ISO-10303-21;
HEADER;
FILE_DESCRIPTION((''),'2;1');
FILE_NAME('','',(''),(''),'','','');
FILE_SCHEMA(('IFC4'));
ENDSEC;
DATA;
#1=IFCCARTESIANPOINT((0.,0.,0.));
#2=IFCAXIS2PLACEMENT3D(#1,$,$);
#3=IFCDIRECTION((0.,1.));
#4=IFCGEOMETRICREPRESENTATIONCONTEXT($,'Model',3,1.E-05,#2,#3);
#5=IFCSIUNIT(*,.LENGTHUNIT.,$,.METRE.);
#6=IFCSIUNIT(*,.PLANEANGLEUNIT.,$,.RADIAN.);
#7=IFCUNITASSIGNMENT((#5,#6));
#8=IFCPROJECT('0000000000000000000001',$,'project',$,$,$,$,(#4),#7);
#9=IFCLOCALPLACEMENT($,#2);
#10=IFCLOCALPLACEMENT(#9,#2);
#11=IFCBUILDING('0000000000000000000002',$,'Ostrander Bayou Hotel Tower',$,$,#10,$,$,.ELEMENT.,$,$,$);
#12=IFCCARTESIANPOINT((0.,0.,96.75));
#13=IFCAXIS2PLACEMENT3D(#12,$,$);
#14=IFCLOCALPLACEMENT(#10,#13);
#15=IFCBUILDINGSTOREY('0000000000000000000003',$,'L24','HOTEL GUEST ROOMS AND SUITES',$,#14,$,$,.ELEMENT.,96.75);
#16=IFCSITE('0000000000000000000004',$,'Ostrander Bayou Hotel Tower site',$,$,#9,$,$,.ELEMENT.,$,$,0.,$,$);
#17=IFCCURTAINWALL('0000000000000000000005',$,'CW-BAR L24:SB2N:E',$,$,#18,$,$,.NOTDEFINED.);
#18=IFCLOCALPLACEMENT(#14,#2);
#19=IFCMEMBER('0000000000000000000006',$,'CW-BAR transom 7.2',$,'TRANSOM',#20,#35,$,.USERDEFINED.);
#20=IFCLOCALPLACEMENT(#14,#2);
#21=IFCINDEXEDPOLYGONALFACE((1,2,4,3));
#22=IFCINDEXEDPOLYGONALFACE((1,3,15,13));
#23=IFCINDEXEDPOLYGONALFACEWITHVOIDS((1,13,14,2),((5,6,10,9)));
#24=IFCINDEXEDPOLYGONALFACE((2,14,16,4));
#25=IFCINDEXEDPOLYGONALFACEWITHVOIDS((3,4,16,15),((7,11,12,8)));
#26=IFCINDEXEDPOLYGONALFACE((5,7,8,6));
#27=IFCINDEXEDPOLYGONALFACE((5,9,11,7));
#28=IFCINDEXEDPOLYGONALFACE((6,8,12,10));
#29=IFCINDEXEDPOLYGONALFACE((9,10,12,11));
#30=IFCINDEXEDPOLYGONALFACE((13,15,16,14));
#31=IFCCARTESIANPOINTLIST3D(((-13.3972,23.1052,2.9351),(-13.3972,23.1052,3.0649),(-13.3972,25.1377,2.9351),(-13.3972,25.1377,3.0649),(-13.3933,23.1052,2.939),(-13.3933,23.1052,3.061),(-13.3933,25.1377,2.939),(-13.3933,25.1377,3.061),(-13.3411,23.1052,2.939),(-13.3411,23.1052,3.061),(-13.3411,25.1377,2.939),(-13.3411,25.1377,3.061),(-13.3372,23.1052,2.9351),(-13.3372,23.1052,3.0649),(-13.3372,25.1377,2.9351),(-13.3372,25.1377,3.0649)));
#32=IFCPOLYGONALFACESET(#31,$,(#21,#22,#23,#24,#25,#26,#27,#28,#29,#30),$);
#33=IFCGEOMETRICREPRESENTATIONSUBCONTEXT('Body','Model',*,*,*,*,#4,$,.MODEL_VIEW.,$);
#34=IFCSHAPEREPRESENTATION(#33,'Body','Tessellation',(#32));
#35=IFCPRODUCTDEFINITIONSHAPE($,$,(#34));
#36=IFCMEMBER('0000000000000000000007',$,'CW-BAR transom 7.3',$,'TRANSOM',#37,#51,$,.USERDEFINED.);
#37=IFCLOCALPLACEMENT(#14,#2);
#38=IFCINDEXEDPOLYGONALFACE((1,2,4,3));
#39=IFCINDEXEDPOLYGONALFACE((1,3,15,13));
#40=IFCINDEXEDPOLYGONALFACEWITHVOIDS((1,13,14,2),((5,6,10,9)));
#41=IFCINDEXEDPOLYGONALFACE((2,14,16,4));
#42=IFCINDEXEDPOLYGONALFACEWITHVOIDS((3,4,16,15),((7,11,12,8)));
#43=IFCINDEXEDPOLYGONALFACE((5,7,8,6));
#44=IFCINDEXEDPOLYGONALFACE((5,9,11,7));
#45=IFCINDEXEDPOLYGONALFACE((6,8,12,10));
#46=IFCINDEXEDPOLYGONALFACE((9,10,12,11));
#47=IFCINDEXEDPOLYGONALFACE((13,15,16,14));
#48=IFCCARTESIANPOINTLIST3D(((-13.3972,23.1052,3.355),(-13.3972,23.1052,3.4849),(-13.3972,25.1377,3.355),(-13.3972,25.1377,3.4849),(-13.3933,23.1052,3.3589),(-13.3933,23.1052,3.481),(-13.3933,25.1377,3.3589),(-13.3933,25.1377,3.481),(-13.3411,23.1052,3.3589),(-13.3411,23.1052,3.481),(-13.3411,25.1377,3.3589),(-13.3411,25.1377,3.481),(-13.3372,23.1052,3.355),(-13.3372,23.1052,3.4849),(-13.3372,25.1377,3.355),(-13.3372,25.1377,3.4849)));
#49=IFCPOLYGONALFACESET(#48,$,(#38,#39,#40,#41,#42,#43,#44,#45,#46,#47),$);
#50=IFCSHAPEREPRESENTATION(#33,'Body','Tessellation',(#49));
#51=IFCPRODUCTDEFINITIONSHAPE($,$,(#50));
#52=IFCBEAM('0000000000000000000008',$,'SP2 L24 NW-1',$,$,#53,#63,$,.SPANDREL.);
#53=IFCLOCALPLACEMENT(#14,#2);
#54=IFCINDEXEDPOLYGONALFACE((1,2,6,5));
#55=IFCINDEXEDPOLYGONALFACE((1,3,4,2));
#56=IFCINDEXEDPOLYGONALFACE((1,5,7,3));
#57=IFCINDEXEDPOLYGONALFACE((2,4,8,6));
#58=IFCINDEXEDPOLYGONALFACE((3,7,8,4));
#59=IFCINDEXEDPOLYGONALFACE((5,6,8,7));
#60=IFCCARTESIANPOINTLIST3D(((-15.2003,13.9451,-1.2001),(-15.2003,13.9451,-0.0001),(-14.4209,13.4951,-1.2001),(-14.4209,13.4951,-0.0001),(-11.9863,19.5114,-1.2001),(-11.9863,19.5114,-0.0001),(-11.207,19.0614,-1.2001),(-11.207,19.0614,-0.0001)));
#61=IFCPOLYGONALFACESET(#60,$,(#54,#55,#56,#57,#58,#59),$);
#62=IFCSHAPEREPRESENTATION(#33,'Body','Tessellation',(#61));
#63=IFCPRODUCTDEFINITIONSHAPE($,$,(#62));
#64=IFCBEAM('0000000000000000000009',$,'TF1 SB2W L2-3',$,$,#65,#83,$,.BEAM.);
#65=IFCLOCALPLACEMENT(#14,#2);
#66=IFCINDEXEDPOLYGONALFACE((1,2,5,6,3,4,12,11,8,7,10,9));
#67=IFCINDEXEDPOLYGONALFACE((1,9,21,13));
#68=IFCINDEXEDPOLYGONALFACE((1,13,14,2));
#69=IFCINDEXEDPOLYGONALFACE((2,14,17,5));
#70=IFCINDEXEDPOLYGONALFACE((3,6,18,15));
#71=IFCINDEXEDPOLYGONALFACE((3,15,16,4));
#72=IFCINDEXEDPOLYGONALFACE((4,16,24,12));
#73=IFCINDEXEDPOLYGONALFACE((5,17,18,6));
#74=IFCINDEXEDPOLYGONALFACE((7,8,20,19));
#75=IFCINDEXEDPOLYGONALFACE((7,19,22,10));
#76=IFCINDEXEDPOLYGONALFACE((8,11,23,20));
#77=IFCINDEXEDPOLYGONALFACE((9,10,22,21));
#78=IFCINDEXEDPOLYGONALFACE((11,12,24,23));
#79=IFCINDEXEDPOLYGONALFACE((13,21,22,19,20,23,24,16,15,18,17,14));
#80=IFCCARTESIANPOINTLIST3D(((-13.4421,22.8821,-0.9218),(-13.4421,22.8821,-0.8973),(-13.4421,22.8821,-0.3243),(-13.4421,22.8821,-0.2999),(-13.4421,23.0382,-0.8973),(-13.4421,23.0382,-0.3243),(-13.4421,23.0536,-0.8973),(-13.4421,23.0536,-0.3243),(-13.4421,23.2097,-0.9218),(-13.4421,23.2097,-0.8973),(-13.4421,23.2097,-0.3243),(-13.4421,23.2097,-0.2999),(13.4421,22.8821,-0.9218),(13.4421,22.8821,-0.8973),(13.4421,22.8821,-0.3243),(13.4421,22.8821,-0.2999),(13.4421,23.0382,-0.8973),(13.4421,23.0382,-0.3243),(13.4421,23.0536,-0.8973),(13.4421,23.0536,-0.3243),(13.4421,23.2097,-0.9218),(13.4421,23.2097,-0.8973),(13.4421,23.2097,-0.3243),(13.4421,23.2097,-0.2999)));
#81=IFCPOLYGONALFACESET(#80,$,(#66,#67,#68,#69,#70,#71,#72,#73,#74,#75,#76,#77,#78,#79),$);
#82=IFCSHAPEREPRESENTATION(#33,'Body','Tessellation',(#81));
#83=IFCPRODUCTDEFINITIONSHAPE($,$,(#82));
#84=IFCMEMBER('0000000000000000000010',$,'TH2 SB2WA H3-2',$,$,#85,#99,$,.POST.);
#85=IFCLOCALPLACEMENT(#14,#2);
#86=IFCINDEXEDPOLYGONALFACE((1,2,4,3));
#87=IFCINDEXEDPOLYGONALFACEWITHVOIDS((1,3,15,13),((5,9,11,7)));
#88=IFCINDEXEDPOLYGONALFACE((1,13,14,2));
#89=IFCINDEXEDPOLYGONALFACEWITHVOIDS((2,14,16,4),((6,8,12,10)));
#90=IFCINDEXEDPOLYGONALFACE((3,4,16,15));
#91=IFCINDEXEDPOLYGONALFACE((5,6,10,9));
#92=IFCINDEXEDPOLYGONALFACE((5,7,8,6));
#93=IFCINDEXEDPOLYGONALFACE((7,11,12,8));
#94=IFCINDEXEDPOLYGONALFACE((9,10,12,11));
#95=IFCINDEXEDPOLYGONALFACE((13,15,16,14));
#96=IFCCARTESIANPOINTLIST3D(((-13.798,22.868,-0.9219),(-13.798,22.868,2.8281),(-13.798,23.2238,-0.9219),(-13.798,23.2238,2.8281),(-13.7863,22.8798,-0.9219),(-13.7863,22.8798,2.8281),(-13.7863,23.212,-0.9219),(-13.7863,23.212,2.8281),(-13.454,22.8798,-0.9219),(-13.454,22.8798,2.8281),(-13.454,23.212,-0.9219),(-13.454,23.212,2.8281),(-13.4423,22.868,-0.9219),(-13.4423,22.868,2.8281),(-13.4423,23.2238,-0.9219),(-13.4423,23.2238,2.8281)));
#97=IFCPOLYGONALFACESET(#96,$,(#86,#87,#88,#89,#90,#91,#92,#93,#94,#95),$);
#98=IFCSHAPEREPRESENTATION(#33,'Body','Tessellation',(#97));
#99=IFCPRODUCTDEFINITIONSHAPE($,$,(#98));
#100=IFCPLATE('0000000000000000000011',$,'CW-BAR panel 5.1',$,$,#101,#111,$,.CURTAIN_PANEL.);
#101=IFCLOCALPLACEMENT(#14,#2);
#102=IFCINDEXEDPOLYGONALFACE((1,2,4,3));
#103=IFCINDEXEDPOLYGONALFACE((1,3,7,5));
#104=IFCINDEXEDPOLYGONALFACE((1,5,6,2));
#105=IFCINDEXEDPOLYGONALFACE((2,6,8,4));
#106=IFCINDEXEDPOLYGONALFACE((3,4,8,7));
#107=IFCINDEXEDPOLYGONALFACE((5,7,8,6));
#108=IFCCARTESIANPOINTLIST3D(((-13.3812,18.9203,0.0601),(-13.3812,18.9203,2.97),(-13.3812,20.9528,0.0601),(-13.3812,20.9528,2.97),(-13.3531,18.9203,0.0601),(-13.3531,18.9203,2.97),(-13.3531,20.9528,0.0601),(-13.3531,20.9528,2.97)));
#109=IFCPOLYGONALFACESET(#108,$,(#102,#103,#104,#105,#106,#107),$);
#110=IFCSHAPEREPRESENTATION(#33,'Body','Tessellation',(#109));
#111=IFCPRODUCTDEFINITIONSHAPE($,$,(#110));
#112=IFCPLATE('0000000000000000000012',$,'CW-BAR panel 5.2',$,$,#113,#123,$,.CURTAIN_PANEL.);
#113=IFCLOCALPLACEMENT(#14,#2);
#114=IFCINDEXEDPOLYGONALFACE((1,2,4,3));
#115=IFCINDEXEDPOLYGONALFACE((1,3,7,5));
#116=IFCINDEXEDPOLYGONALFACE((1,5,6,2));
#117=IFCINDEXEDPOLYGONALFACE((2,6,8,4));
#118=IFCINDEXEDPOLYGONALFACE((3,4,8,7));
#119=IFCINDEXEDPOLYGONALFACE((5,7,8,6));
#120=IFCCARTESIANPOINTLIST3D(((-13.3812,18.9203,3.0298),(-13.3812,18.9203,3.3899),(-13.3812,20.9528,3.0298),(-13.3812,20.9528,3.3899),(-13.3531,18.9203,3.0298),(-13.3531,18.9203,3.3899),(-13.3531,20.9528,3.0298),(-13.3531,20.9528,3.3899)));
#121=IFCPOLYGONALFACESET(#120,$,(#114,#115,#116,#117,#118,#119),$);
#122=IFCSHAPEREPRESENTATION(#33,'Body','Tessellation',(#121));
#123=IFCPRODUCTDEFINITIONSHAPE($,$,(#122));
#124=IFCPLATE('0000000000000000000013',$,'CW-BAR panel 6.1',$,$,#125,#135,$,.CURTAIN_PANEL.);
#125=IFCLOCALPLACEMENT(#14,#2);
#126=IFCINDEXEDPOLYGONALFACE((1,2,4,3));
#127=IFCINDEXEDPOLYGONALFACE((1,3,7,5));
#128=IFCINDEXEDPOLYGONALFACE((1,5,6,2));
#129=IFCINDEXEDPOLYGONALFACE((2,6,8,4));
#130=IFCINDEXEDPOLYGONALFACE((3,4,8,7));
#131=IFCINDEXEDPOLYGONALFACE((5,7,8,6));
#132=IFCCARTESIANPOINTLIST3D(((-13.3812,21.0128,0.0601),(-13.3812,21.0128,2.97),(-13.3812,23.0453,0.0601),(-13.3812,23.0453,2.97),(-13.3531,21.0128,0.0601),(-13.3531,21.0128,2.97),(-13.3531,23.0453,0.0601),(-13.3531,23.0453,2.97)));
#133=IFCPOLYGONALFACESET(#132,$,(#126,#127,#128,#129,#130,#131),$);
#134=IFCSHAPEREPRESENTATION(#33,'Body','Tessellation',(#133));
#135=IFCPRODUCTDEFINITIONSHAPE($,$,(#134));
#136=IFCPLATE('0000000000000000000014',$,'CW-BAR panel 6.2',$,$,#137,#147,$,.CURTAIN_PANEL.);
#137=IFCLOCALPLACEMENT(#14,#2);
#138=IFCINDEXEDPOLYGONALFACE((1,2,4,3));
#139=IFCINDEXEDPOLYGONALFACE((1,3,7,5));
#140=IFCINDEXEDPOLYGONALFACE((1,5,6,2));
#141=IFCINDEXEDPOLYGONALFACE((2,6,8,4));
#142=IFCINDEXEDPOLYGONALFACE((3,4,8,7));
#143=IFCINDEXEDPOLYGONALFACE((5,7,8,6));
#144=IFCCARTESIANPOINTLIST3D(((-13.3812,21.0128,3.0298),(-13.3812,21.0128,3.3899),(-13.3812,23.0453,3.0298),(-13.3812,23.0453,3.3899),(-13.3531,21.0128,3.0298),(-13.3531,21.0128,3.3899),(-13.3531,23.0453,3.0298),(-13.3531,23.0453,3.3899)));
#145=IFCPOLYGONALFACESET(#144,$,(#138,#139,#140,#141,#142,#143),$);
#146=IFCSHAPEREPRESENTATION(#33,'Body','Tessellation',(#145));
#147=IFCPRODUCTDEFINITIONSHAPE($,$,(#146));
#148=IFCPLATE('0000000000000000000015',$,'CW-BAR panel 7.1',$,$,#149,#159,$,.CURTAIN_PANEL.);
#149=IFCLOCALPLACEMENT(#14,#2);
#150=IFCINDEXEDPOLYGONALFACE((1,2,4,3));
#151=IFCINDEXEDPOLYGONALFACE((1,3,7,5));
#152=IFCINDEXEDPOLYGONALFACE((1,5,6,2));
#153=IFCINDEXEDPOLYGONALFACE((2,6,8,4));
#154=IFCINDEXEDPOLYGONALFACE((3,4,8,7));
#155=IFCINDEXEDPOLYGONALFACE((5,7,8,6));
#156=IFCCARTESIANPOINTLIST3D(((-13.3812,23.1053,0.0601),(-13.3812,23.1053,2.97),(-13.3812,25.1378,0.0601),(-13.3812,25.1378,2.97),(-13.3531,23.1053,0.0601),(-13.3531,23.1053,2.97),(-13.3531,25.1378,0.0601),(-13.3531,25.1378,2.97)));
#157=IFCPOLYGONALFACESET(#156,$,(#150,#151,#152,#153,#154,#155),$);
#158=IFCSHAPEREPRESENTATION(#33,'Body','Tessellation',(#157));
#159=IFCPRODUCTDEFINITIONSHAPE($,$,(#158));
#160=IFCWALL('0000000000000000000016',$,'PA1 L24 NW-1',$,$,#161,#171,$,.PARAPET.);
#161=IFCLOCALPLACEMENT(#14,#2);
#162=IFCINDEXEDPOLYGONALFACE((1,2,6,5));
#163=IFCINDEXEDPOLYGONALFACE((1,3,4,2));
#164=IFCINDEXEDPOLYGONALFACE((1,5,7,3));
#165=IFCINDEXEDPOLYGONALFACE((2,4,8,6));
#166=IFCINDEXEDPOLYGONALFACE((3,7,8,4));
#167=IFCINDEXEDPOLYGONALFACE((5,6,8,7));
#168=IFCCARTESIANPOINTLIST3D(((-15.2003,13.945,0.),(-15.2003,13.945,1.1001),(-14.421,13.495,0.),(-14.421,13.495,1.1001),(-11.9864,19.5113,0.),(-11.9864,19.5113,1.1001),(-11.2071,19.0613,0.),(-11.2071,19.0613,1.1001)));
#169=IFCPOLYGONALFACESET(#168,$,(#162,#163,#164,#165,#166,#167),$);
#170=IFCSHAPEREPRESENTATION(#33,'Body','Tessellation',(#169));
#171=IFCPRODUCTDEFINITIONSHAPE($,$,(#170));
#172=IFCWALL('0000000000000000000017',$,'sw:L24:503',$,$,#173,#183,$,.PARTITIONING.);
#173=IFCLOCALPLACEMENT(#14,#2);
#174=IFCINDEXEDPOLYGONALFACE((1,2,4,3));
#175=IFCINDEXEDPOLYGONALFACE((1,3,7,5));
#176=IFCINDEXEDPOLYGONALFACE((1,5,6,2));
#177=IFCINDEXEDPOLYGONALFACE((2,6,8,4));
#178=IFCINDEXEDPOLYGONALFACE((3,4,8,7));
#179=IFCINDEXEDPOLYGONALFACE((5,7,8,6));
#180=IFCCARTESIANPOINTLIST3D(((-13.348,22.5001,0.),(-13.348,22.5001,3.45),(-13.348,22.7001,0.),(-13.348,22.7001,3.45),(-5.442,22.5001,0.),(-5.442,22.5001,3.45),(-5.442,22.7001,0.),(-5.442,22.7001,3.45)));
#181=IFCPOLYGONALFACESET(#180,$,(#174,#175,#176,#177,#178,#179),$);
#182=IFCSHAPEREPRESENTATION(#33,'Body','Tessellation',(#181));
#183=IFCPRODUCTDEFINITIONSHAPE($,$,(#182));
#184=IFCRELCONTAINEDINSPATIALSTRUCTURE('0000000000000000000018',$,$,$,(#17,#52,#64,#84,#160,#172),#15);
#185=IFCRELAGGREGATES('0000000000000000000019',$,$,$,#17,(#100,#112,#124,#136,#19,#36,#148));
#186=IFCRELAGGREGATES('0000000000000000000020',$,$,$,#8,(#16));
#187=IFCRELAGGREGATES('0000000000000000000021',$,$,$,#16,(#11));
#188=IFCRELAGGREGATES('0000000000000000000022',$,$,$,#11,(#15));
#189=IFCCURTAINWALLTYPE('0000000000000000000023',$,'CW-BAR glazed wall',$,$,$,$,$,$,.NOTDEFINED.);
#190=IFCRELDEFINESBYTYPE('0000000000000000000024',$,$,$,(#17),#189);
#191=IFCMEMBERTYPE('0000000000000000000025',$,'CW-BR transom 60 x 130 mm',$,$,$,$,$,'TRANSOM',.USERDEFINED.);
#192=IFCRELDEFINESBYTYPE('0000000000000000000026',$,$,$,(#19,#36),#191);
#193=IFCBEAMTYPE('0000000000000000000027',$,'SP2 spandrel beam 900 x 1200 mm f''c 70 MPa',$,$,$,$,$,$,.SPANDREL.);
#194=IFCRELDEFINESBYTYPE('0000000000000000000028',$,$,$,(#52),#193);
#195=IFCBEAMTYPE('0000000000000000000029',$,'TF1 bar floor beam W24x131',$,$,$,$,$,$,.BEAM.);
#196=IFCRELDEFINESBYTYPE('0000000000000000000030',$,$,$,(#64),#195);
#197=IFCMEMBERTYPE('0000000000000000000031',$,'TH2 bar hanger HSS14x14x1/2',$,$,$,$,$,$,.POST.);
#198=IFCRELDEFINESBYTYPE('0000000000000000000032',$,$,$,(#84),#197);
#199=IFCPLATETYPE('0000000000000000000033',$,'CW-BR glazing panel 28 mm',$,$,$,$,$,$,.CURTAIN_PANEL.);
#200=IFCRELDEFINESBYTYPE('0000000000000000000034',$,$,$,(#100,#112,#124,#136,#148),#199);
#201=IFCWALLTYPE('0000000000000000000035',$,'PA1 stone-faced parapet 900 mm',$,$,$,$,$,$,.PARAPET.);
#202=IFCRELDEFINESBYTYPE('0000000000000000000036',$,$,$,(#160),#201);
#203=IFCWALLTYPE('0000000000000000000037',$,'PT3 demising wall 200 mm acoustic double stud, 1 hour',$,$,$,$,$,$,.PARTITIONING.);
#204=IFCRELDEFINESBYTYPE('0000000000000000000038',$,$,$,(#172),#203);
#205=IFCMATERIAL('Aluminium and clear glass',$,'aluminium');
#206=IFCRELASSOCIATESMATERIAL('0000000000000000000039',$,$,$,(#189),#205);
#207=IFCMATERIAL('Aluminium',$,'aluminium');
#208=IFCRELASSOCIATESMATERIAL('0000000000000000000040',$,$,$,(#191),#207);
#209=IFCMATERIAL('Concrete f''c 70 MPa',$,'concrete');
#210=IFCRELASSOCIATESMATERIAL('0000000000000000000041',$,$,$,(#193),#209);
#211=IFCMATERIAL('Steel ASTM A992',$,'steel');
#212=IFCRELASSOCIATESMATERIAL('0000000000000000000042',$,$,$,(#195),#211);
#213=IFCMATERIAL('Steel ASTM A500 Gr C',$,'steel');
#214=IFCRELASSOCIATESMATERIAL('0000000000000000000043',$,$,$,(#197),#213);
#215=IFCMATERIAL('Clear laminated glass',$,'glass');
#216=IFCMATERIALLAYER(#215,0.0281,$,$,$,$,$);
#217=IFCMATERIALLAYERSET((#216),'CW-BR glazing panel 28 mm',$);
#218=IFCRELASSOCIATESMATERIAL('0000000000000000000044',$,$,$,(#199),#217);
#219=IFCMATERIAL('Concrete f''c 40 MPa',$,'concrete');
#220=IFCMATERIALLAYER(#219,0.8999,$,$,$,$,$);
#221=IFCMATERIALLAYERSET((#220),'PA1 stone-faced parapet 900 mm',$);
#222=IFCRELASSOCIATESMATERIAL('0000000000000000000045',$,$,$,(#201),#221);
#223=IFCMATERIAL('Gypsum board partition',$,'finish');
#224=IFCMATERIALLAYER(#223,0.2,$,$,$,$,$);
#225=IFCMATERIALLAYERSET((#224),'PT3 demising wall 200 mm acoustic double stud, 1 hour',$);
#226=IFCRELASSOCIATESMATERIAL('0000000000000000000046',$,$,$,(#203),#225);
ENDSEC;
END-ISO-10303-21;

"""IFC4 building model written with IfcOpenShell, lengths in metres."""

from ifc_helpers import new_model, si_unit, direction, frame, frame_2d, origin, origin_2d, place, context, subcontext, project, spatial, rectangle, hollow_rectangle, i_section, extrude, material, layer, layer_set, material_profile, profile_set, type_object, element, aggregate, save


model = new_model("IFC4")

# Units and contexts
model_context = context("Model", 3, precision=1e-05, world=origin(), true_north=direction((0.0, 1.0)))
body_context = subcontext(model_context, "Body", "Model", "MODEL_VIEW")
ifc_project = project(units=[si_unit("LENGTHUNIT", "METRE"), si_unit("PLANEANGLEUNIT", "RADIAN")], contexts=[model_context])

# Site, building, storey
site_placement = place(None, origin())
site = spatial("IfcSite", under=ifc_project, at=site_placement, Name="Ostrander Bayou Hotel Tower site", CompositionType="ELEMENT", RefElevation=0.0)
building_placement = place(site_placement, origin())
building = spatial("IfcBuilding", under=site, at=building_placement, Name="Ostrander Bayou Hotel Tower", CompositionType="ELEMENT")
storey_placement = place(building_placement, frame((0.0, 0.0, 96.75)))
storey = spatial("IfcBuildingStorey", under=building, at=storey_placement, Name="L24", Description="HOTEL GUEST ROOMS AND SUITES", CompositionType="ELEMENT", Elevation=96.75)

# Curtain wall, members
ifc_material_1 = material(Name="Aluminium and clear glass", Category="aluminium")
curtain_wall_type = type_object("IfcCurtainWallType", Name="CW-BAR glazed wall", PredefinedType="NOTDEFINED", material=ifc_material_1)
curtain_wall_placement = place(storey_placement, origin())
curtain_wall = element("IfcCurtainWall", 1, at=curtain_wall_placement, inside=storey, type_object=curtain_wall_type, Name="CW-BAR L24:SB2N:E", PredefinedType="NOTDEFINED")
ifc_material_2 = material(Name="Aluminium", Category="aluminium")
ifc_material_profile_1 = material_profile(ifc_material_2, hollow_rectangle(XDim=0.0601, YDim=0.1299, WallThickness=0.0039, at=origin_2d()))
ifc_profile_set_1 = profile_set([ifc_material_profile_1], Name="Aluminium")
member_type_1 = type_object("IfcMemberType", Name="CW-BR transom 60 x 130 mm", ElementType="TRANSOM", PredefinedType="USERDEFINED", material=ifc_profile_set_1)
member_1_placement = place(storey_placement, frame((-13.3672, 23.1052, 3.0), z_axis=(0.0, 1.0, 0.0), x_axis=(-1.0, 0.0, 0.0)))
member_1 = element("IfcMember", 2, at=member_1_placement, type_object=member_type_1, Name="CW-BAR transom 7.2", ObjectType="TRANSOM", PredefinedType="USERDEFINED", context=body_context, shape_type="SweptSolid", body=[
    extrude(hollow_rectangle(XDim=0.0601, YDim=0.1299, WallThickness=0.0039, at=origin_2d()), origin(), (0.0, 0.0, 1.0), 2.0325),
])
member_2_placement = place(storey_placement, frame((-13.3672, 23.1052, 3.4199), z_axis=(0.0, 1.0, 0.0), x_axis=(-1.0, 0.0, 0.0)))
member_2 = element("IfcMember", 3, at=member_2_placement, type_object=member_type_1, Name="CW-BAR transom 7.3", ObjectType="TRANSOM", PredefinedType="USERDEFINED", context=body_context, shape_type="SweptSolid", body=[
    extrude(hollow_rectangle(XDim=0.0601, YDim=0.1299, WallThickness=0.0039, at=origin_2d()), origin(), (0.0, 0.0, 1.0), 2.0325),
])

# Beams
ifc_material_3 = material(Name="Concrete f'c 70 MPa", Category="concrete")
ifc_material_profile_2 = material_profile(ifc_material_3, rectangle(XDim=0.8999, YDim=1.2, at=origin_2d()))
ifc_profile_set_2 = profile_set([ifc_material_profile_2], Name="Concrete f'c 70 MPa")
beam_type_1 = type_object("IfcBeamType", Name="SP2 spandrel beam 900 x 1200 mm f'c 70 MPa", PredefinedType="SPANDREL", material=ifc_profile_set_2)
beam_1_placement = place(storey_placement, frame((-11.5967, 19.2864, -0.6001), z_axis=(-0.500028, -0.866009, 0.0), x_axis=(0.866009, -0.500028, 0.0)))
element("IfcBeam", 4, at=beam_1_placement, inside=storey, type_object=beam_type_1, Name="SP2 L24 NW-1", PredefinedType="SPANDREL", context=body_context, shape_type="SweptSolid", body=[
    extrude(rectangle(XDim=0.8999, YDim=1.2, at=origin_2d()), origin(), (0.0, 0.0, 1.0), 6.4275),
])
ifc_material_4 = material(Name="Steel ASTM A992", Category="steel")
ifc_material_profile_3 = material_profile(ifc_material_4, i_section(OverallWidth=0.3276, OverallDepth=0.6218, WebThickness=0.0154, FlangeThickness=0.0244, at=origin_2d()))
ifc_profile_set_3 = profile_set([ifc_material_profile_3], Name="Steel ASTM A992")
beam_type_2 = type_object("IfcBeamType", Name="TF1 bar floor beam W24x131", PredefinedType="BEAM", material=ifc_profile_set_3)
beam_2_placement = place(storey_placement, frame((-13.4421, 23.0459, -0.6108), z_axis=(1.0, 0.0, 0.0), x_axis=(0.0, 1.0, 0.0)))
element("IfcBeam", 5, at=beam_2_placement, inside=storey, type_object=beam_type_2, Name="TF1 SB2W L2-3", PredefinedType="BEAM", context=body_context, shape_type="SweptSolid", body=[
    extrude(i_section(OverallWidth=0.3276, OverallDepth=0.6218, WebThickness=0.0154, FlangeThickness=0.0244, at=origin_2d()), origin(), (0.0, 0.0, 1.0), 26.8843),
])

# Member
ifc_material_5 = material(Name="Steel ASTM A500 Gr C", Category="steel")
ifc_material_profile_4 = material_profile(ifc_material_5, hollow_rectangle(XDim=0.3557, YDim=0.3557, WallThickness=0.0117, at=origin_2d()))
ifc_profile_set_4 = profile_set([ifc_material_profile_4], Name="Steel ASTM A500 Gr C")
member_type_2 = type_object("IfcMemberType", Name="TH2 bar hanger HSS14x14x1/2", PredefinedType="POST", material=ifc_profile_set_4)
member_3_placement = place(storey_placement, frame((-13.6201, 23.0459, -0.9219), z_axis=(0.0, 0.0, 1.0), x_axis=(1.0, 0.0, 0.0)))
element("IfcMember", 6, at=member_3_placement, inside=storey, type_object=member_type_2, Name="TH2 SB2WA H3-2", PredefinedType="POST", context=body_context, shape_type="SweptSolid", body=[
    extrude(hollow_rectangle(XDim=0.3557, YDim=0.3557, WallThickness=0.0117, at=origin_2d()), origin(), (0.0, 0.0, 1.0), 3.75),
])

# Plates
ifc_material_6 = material(Name="Clear laminated glass", Category="glass")
ifc_layer_1 = layer(ifc_material_6, 0.0281)
ifc_layer_set_1 = layer_set([ifc_layer_1], Name="CW-BR glazing panel 28 mm")
plate_type = type_object("IfcPlateType", Name="CW-BR glazing panel 28 mm", PredefinedType="CURTAIN_PANEL", material=ifc_layer_set_1)
plate_1_placement = place(storey_placement, frame((-13.3672, 19.9365, 0.0601), z_axis=(0.0, 0.0, 1.0), x_axis=(0.0, 1.0, 0.0)))
plate_1 = element("IfcPlate", 7, at=plate_1_placement, type_object=plate_type, Name="CW-BAR panel 5.1", PredefinedType="CURTAIN_PANEL", context=body_context, shape_type="SweptSolid", body=[
    extrude(rectangle(XDim=2.0325, YDim=0.0281, at=origin_2d()), origin(), (0.0, 0.0, 1.0), 2.9099),
])
plate_2_placement = place(storey_placement, frame((-13.3672, 19.9365, 3.0298), z_axis=(0.0, 0.0, 1.0), x_axis=(0.0, 1.0, 0.0)))
plate_2 = element("IfcPlate", 8, at=plate_2_placement, type_object=plate_type, Name="CW-BAR panel 5.2", PredefinedType="CURTAIN_PANEL", context=body_context, shape_type="SweptSolid", body=[
    extrude(rectangle(XDim=2.0325, YDim=0.0281, at=origin_2d()), origin(), (0.0, 0.0, 1.0), 0.3601),
])
plate_3_placement = place(storey_placement, frame((-13.3672, 22.0291, 0.0601), z_axis=(0.0, 0.0, 1.0), x_axis=(0.0, 1.0, 0.0)))
plate_3 = element("IfcPlate", 9, at=plate_3_placement, type_object=plate_type, Name="CW-BAR panel 6.1", PredefinedType="CURTAIN_PANEL", context=body_context, shape_type="SweptSolid", body=[
    extrude(rectangle(XDim=2.0325, YDim=0.0281, at=origin_2d()), origin(), (0.0, 0.0, 1.0), 2.9099),
])
plate_4_placement = place(storey_placement, frame((-13.3672, 22.0291, 3.0298), z_axis=(0.0, 0.0, 1.0), x_axis=(0.0, 1.0, 0.0)))
plate_4 = element("IfcPlate", 10, at=plate_4_placement, type_object=plate_type, Name="CW-BAR panel 6.2", PredefinedType="CURTAIN_PANEL", context=body_context, shape_type="SweptSolid", body=[
    extrude(rectangle(XDim=2.0325, YDim=0.0281, at=origin_2d()), origin(), (0.0, 0.0, 1.0), 0.3601),
])
plate_5_placement = place(storey_placement, frame((-13.3672, 24.1216, 0.0601), z_axis=(0.0, 0.0, 1.0), x_axis=(0.0, 1.0, 0.0)))
plate_5 = element("IfcPlate", 11, at=plate_5_placement, type_object=plate_type, Name="CW-BAR panel 7.1", PredefinedType="CURTAIN_PANEL", context=body_context, shape_type="SweptSolid", body=[
    extrude(rectangle(XDim=2.0325, YDim=0.0281, at=origin_2d()), origin(), (0.0, 0.0, 1.0), 2.9099),
])
aggregate(curtain_wall, [plate_1, plate_2, plate_3, plate_4, member_1, member_2, plate_5])

# Walls
ifc_material_7 = material(Name="Concrete f'c 40 MPa", Category="concrete")
ifc_layer_2 = layer(ifc_material_7, 0.8999)
ifc_layer_set_2 = layer_set([ifc_layer_2], Name="PA1 stone-faced parapet 900 mm")
wall_type_1 = type_object("IfcWallType", Name="PA1 stone-faced parapet 900 mm", PredefinedType="PARAPET", material=ifc_layer_set_2)
wall_1_placement = place(storey_placement, frame((-11.5967, 19.2864, 0.0), z_axis=(0.0, 0.0, 1.0), x_axis=(-0.500028, -0.866009, 0.0)))
element("IfcWall", 12, at=wall_1_placement, inside=storey, type_object=wall_type_1, Name="PA1 L24 NW-1", PredefinedType="PARAPET", context=body_context, shape_type="SweptSolid", body=[
    extrude(rectangle(XDim=6.4275, YDim=0.8999, at=frame_2d((3.2139, 0.0))), origin(), (0.0, 0.0, 1.0), 1.1001),
])
ifc_material_8 = material(Name="Gypsum board partition", Category="finish")
ifc_layer_3 = layer(ifc_material_8, 0.2)
ifc_layer_set_3 = layer_set([ifc_layer_3], Name="PT3 demising wall 200 mm acoustic double stud, 1 hour")
wall_type_2 = type_object("IfcWallType", Name="PT3 demising wall 200 mm acoustic double stud, 1 hour", PredefinedType="PARTITIONING", material=ifc_layer_set_3)
wall_2_placement = place(storey_placement, frame((-13.3481, 22.6001, 0.0), z_axis=(0.0, 0.0, 1.0), x_axis=(1.0, 0.0, 0.0)))
element("IfcWall", 13, at=wall_2_placement, inside=storey, type_object=wall_type_2, Name="sw:L24:503", PredefinedType="PARTITIONING", context=body_context, shape_type="SweptSolid", body=[
    extrude(rectangle(XDim=7.906, YDim=0.2, at=frame_2d((3.9531, 0.0))), origin(), (0.0, 0.0, 1.0), 3.45),
])

save(model, "model.ifc")
